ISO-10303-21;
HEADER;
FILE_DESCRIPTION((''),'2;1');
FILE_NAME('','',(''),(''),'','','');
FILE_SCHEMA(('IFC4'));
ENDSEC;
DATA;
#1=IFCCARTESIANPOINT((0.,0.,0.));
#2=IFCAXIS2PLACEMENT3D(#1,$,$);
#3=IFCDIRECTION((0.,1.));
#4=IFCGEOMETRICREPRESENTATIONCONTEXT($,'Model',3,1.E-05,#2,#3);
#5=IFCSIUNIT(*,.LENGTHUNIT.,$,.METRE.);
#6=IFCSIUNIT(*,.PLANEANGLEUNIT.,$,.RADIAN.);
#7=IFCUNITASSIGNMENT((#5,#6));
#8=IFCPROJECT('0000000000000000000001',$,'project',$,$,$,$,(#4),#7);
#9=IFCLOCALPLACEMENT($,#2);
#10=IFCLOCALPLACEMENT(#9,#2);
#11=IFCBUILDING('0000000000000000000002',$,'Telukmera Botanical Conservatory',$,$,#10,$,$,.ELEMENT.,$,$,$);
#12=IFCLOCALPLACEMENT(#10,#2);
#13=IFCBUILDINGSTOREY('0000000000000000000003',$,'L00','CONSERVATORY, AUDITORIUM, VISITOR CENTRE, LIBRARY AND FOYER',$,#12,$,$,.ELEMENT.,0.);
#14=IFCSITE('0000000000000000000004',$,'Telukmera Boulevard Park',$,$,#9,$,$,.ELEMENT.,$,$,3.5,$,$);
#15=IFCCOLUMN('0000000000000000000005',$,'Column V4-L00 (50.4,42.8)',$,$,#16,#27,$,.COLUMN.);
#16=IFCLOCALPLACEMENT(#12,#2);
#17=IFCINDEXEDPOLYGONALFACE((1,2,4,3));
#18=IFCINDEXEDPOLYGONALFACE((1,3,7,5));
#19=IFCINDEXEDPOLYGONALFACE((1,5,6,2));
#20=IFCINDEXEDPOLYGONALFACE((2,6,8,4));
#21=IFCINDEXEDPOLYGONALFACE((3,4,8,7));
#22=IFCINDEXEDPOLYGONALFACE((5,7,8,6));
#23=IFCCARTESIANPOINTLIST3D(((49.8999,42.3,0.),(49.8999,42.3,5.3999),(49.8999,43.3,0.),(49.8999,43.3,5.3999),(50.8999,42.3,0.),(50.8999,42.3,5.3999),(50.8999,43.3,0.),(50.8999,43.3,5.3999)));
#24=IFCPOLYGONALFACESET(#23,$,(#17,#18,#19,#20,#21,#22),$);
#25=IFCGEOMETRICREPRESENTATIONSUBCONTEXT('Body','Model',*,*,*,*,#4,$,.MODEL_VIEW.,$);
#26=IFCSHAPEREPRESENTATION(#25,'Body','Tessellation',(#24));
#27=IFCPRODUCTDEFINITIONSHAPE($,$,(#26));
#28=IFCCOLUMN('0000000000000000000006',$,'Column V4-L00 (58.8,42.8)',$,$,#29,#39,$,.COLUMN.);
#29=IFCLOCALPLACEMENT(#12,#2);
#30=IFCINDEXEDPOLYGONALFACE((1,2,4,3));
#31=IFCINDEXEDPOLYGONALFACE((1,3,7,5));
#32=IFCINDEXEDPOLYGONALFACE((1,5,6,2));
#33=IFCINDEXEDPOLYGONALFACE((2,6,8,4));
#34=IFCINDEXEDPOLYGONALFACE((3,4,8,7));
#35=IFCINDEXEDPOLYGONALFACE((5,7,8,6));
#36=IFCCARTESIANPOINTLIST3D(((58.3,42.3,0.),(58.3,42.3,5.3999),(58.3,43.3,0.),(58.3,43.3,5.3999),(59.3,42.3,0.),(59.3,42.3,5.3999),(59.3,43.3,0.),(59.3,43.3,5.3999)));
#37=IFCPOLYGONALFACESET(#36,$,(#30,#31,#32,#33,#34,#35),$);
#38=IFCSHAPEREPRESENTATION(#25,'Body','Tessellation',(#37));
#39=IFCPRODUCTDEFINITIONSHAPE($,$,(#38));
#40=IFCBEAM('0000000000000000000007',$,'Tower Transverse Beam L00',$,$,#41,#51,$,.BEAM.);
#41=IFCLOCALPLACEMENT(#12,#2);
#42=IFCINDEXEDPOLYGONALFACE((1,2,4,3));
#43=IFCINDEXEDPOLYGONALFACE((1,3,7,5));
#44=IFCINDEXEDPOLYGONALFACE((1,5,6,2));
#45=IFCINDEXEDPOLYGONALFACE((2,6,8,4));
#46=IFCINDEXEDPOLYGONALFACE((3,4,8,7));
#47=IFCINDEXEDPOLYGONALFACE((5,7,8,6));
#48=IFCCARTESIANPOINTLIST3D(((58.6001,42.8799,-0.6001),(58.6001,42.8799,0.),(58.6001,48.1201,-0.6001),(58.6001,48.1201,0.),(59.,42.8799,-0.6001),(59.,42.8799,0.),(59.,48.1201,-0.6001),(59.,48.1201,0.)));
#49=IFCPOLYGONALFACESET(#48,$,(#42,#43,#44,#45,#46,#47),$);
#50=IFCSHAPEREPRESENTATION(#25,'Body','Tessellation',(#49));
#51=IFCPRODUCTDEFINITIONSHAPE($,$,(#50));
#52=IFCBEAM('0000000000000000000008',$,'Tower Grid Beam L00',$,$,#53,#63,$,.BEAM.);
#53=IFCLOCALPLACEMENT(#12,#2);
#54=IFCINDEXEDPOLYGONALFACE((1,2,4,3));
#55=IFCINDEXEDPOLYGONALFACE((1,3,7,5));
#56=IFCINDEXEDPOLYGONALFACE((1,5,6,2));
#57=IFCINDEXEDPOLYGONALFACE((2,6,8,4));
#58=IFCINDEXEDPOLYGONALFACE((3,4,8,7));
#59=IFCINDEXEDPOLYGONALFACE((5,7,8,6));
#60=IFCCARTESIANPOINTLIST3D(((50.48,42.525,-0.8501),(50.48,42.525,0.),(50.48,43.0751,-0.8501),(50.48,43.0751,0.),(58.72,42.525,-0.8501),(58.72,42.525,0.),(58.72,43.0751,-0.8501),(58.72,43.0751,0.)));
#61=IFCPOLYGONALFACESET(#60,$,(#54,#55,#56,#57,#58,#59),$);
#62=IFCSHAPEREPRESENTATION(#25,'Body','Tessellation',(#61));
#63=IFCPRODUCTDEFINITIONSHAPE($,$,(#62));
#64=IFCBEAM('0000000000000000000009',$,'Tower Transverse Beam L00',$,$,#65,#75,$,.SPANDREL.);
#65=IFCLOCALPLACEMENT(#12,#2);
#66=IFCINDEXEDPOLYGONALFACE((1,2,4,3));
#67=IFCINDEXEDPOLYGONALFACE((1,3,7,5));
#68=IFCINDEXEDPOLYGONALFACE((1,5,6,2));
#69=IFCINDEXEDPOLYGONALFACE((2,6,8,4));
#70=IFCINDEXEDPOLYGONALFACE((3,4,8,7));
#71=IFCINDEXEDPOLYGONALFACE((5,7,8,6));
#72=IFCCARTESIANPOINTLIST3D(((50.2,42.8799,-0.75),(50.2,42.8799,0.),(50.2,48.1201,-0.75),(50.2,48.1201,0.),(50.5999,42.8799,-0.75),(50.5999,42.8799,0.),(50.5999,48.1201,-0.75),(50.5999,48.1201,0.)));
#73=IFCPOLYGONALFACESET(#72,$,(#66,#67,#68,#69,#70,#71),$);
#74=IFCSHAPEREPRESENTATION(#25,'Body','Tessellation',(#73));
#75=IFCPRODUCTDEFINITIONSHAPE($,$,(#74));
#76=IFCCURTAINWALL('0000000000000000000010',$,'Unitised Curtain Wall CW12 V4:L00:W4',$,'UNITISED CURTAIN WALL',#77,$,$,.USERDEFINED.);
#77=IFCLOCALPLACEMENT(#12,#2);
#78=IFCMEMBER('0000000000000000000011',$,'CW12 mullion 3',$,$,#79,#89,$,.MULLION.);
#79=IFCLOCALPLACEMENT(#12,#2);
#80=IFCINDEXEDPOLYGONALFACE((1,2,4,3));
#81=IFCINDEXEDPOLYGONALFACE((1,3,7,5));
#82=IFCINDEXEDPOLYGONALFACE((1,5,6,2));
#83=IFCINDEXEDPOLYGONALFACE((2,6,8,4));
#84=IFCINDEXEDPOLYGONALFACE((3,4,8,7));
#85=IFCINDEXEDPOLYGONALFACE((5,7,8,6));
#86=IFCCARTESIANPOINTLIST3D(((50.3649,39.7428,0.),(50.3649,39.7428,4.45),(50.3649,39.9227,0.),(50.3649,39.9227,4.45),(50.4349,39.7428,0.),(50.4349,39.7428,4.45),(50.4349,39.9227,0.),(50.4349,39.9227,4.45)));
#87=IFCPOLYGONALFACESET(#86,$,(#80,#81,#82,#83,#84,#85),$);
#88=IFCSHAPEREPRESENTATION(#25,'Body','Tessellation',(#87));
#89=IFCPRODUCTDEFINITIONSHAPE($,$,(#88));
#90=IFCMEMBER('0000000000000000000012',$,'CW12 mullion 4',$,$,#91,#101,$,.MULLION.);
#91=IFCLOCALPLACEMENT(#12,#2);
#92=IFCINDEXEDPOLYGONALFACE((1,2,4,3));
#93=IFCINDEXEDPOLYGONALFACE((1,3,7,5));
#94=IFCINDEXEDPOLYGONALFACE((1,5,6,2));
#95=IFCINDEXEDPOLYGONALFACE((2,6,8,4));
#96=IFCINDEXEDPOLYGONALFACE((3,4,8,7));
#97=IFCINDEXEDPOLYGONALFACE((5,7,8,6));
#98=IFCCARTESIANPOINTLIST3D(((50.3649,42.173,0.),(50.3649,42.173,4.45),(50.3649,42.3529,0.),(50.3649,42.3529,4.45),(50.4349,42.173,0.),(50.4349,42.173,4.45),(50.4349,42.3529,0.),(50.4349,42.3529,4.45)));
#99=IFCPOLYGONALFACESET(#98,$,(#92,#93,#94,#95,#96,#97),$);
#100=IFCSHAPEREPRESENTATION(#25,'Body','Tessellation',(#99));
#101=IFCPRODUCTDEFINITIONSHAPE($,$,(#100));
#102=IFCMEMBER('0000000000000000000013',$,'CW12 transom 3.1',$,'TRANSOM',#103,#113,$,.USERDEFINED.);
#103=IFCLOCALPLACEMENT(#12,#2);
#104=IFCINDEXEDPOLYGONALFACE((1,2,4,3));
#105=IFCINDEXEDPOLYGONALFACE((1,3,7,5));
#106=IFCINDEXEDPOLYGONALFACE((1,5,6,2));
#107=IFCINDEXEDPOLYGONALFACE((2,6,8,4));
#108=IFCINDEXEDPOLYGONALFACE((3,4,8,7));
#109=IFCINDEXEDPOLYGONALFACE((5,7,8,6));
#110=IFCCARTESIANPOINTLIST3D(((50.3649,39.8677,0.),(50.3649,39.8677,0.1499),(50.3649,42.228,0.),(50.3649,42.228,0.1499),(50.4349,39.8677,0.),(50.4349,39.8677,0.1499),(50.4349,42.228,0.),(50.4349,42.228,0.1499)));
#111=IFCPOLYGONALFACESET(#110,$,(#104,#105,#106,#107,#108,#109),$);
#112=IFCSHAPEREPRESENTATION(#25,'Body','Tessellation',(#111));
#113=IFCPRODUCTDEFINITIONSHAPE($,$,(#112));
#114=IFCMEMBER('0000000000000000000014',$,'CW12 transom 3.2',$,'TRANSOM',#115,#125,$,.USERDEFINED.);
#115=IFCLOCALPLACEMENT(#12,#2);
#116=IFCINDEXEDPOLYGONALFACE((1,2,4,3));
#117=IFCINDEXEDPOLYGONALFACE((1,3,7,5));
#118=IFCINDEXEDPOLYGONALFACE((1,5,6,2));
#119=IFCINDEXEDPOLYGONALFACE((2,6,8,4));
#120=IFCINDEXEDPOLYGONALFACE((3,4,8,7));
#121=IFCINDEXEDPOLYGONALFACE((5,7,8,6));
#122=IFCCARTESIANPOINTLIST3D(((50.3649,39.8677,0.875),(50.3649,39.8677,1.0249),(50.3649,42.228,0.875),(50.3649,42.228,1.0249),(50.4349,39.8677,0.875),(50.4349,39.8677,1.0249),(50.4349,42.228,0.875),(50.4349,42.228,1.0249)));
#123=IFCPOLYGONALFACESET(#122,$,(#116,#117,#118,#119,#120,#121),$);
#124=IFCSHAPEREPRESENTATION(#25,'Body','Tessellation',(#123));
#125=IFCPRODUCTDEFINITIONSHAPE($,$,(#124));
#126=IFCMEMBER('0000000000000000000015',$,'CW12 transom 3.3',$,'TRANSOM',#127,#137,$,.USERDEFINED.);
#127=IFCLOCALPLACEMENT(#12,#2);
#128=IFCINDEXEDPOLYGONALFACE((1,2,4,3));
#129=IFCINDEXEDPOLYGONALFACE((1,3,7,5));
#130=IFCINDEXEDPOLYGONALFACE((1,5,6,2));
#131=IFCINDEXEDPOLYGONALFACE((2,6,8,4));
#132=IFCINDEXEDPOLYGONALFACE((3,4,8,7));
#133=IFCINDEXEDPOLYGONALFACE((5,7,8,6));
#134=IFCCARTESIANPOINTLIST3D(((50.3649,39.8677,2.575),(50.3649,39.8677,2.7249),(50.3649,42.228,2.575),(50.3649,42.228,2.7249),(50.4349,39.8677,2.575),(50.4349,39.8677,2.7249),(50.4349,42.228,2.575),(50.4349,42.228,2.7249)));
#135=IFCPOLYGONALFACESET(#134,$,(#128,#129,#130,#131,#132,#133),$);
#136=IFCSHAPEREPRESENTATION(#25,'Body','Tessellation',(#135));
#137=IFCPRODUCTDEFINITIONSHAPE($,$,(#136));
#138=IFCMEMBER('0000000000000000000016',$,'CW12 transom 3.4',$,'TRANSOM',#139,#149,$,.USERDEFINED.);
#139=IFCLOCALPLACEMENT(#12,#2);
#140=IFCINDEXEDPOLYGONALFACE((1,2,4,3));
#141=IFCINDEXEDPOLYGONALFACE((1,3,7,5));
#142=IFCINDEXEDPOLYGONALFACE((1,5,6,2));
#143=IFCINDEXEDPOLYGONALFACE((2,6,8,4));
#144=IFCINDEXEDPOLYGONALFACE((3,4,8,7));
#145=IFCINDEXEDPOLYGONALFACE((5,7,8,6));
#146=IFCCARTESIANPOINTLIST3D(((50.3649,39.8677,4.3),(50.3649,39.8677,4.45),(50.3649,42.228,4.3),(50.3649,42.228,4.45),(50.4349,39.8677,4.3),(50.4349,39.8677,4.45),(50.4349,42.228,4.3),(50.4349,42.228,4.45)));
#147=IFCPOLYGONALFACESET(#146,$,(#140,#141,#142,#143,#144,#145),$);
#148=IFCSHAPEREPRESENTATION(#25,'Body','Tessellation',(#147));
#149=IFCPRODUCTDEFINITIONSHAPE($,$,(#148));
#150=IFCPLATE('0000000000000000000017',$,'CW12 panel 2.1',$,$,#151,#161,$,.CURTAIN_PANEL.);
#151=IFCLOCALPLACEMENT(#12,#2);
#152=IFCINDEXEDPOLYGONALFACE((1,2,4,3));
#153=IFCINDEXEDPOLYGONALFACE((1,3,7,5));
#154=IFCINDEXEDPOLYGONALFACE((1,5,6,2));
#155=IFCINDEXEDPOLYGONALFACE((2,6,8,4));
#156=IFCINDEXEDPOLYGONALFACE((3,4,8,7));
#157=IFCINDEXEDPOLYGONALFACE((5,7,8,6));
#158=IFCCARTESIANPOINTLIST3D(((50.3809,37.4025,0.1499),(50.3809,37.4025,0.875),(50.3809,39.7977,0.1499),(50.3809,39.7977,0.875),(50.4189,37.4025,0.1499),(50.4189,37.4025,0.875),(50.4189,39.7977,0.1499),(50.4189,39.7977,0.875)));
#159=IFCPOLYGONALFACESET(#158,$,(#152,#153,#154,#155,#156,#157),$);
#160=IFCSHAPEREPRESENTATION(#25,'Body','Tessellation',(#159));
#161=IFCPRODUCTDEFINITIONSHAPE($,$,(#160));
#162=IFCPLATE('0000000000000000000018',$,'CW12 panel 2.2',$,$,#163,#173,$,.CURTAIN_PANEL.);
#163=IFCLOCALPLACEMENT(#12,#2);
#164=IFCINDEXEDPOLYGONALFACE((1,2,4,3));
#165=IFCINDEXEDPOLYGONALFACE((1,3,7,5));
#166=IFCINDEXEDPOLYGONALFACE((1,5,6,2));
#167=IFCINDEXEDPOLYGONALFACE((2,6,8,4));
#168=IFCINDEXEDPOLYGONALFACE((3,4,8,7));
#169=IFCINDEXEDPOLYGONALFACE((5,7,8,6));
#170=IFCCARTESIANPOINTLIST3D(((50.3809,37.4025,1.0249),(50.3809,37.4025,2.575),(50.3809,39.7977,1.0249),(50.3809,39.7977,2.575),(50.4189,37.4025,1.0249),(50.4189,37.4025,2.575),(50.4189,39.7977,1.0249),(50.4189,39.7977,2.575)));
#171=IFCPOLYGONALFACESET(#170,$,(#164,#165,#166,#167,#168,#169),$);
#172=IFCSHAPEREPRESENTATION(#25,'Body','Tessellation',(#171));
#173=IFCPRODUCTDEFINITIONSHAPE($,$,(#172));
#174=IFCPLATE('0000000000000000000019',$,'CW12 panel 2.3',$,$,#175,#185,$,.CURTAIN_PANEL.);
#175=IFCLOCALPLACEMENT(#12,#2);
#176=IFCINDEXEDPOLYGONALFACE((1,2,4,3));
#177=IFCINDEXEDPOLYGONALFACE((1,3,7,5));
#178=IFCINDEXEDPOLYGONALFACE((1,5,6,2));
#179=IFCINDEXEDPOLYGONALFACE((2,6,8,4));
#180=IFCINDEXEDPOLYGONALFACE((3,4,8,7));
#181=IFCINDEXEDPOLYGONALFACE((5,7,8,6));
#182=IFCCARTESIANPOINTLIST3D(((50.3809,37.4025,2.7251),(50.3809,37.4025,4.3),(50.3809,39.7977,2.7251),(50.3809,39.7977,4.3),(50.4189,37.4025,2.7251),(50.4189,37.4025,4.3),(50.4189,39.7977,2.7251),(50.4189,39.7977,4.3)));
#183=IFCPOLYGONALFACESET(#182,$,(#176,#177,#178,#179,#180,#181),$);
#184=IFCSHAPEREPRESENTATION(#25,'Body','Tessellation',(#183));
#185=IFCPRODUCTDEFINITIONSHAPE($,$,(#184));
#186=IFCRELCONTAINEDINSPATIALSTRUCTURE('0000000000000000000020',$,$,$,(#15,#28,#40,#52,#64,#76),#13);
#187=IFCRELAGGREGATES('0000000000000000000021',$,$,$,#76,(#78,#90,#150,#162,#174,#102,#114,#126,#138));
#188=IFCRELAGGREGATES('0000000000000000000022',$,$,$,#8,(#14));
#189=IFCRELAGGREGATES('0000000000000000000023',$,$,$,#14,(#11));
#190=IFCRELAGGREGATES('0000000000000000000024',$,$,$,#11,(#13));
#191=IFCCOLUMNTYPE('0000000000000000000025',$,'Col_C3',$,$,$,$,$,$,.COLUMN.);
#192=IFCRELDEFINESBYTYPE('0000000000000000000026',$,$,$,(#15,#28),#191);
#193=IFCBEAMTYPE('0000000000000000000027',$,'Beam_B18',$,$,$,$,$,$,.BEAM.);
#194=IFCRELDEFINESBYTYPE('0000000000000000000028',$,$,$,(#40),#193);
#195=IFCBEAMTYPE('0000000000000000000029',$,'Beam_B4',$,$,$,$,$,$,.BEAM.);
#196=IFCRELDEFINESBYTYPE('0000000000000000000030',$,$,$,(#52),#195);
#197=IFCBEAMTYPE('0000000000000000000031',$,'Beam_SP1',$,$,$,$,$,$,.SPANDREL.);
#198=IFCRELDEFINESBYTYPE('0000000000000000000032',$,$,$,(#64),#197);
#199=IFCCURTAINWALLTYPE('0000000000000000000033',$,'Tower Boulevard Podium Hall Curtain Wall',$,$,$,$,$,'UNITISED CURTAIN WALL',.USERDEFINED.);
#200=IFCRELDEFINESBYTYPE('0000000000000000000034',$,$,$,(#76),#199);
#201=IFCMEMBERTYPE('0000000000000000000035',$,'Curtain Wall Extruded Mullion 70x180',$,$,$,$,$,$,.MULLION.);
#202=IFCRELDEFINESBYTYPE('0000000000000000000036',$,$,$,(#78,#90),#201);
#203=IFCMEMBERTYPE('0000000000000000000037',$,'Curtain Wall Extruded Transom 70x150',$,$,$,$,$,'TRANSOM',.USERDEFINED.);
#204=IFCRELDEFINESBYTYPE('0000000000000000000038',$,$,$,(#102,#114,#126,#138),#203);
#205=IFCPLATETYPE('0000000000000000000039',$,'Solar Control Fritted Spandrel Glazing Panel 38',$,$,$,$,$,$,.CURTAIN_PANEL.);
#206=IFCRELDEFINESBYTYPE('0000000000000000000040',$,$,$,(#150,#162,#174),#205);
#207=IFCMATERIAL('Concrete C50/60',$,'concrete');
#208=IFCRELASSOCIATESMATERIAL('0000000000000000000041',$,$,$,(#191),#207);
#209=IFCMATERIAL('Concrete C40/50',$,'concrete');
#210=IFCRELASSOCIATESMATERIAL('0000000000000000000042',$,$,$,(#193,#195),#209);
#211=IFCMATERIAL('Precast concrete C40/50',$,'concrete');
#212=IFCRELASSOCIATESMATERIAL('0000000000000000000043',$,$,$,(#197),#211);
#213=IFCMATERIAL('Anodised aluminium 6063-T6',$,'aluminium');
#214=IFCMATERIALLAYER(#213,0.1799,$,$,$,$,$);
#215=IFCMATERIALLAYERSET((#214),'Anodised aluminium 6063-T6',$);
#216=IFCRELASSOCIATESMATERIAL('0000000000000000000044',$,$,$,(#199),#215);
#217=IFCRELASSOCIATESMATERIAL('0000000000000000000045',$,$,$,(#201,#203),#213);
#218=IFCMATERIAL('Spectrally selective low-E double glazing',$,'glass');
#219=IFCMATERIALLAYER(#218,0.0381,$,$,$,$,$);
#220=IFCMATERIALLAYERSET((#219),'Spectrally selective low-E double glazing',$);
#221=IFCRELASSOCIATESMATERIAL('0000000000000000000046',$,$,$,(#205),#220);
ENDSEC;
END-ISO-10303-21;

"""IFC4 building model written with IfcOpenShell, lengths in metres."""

from ifc_helpers import new_model, si_unit, direction, frame, origin, origin_2d, place, context, subcontext, project, spatial, rectangle, extrude, material, layer, layer_set, material_profile, profile_set, type_object, element, aggregate, save


model = new_model("IFC4")

# Units and contexts
model_context = context("Model", 3, precision=1e-05, world=origin(), true_north=direction((0.0, 1.0)))
body_context = subcontext(model_context, "Body", "Model", "MODEL_VIEW")
ifc_project = project(units=[si_unit("LENGTHUNIT", "METRE"), si_unit("PLANEANGLEUNIT", "RADIAN")], contexts=[model_context])

# Site, building, storey
site_placement = place(None, origin())
site = spatial("IfcSite", under=ifc_project, at=site_placement, Name="Telukmera Boulevard Park", CompositionType="ELEMENT", RefElevation=3.5)
building_placement = place(site_placement, origin())
building = spatial("IfcBuilding", under=site, at=building_placement, Name="Telukmera Botanical Conservatory", CompositionType="ELEMENT")
storey_placement = place(building_placement, origin())
storey = spatial("IfcBuildingStorey", under=building, at=storey_placement, Name="L00", Description="CONSERVATORY, AUDITORIUM, VISITOR CENTRE, LIBRARY AND FOYER", CompositionType="ELEMENT", Elevation=0.0)

# Columns
ifc_material_1 = material(Name="Concrete C50/60", Category="concrete")
ifc_material_profile_1 = material_profile(ifc_material_1, rectangle(XDim=1.0, YDim=1.0, at=origin_2d()), Name="RC 1000x1000")
ifc_profile_set_1 = profile_set([ifc_material_profile_1], Name="Concrete C50/60")
column_type = type_object("IfcColumnType", Name="Col_C3", PredefinedType="COLUMN", material=ifc_profile_set_1)
for number, where, z_axis, x_axis, name in (
    (1, (50.3999, 42.8, 0.0), (0.0, 0.0, 1.0), (1.0, 0.0, 0.0), "Column V4-L00 (50.4,42.8)"),
    (2, (58.8, 42.8, 0.0), (0.0, 0.0, 1.0), (1.0, 0.0, 0.0), "Column V4-L00 (58.8,42.8)"),
):
    element("IfcColumn", number, at=place(storey_placement, frame(where, z_axis=z_axis, x_axis=x_axis)), inside=storey, type_object=column_type, Name=name, PredefinedType="COLUMN", context=body_context, shape_type="SweptSolid", body=[
        extrude(rectangle(XDim=1.0, YDim=1.0, at=origin_2d()), origin(), (0.0, 0.0, 1.0), 5.3999),
    ])

# Beams
ifc_material_2 = material(Name="Concrete C40/50", Category="concrete")
ifc_material_profile_2 = material_profile(ifc_material_2, rectangle(XDim=0.3999, YDim=0.6001, at=origin_2d()), Name="RC 400x600")
ifc_profile_set_2 = profile_set([ifc_material_profile_2], Name="Concrete C40/50")
beam_type_1 = type_object("IfcBeamType", Name="Beam_B18", PredefinedType="BEAM", material=ifc_profile_set_2)
beam_1_placement = place(storey_placement, frame((58.8, 42.8799, -0.3), z_axis=(0.0, 1.0, 0.0), x_axis=(-1.0, 0.0, 0.0)))
element("IfcBeam", 3, at=beam_1_placement, inside=storey, type_object=beam_type_1, Name="Tower Transverse Beam L00", PredefinedType="BEAM", context=body_context, shape_type="SweptSolid", body=[
    extrude(rectangle(XDim=0.3999, YDim=0.6001, at=origin_2d()), origin(), (0.0, 0.0, 1.0), 5.2402),
])
ifc_material_profile_3 = material_profile(ifc_material_2, rectangle(XDim=0.55, YDim=0.8501, at=origin_2d()), Name="RC 550x850")
ifc_profile_set_3 = profile_set([ifc_material_profile_3], Name="Concrete C40/50")
beam_type_2 = type_object("IfcBeamType", Name="Beam_B4", PredefinedType="BEAM", material=ifc_profile_set_3)
beam_2_placement = place(storey_placement, frame((50.48, 42.8, -0.425), z_axis=(1.0, 0.0, 0.0), x_axis=(0.0, 1.0, 0.0)))
element("IfcBeam", 4, at=beam_2_placement, inside=storey, type_object=beam_type_2, Name="Tower Grid Beam L00", PredefinedType="BEAM", context=body_context, shape_type="SweptSolid", body=[
    extrude(rectangle(XDim=0.55, YDim=0.8501, at=origin_2d()), origin(), (0.0, 0.0, 1.0), 8.24),
])
ifc_material_3 = material(Name="Precast concrete C40/50", Category="concrete")
ifc_material_profile_4 = material_profile(ifc_material_3, rectangle(XDim=0.3999, YDim=0.75, at=origin_2d()), Name="PC 400x750")
ifc_profile_set_4 = profile_set([ifc_material_profile_4], Name="Precast concrete C40/50")
beam_type_3 = type_object("IfcBeamType", Name="Beam_SP1", PredefinedType="SPANDREL", material=ifc_profile_set_4)
beam_3_placement = place(storey_placement, frame((50.3999, 42.8799, -0.375), z_axis=(0.0, 1.0, 0.0), x_axis=(-1.0, 0.0, 0.0)))
element("IfcBeam", 5, at=beam_3_placement, inside=storey, type_object=beam_type_3, Name="Tower Transverse Beam L00", PredefinedType="SPANDREL", context=body_context, shape_type="SweptSolid", body=[
    extrude(rectangle(XDim=0.3999, YDim=0.75, at=origin_2d()), origin(), (0.0, 0.0, 1.0), 5.2402),
])

# Curtain wall, members, plates
ifc_material_4 = material(Name="Anodised aluminium 6063-T6", Category="aluminium")
ifc_layer_1 = layer(ifc_material_4, 0.1799)
ifc_layer_set_1 = layer_set([ifc_layer_1], Name="Anodised aluminium 6063-T6")
curtain_wall_type = type_object("IfcCurtainWallType", Name="Tower Boulevard Podium Hall Curtain Wall", ElementType="UNITISED CURTAIN WALL", PredefinedType="USERDEFINED", material=ifc_layer_set_1)
curtain_wall_placement = place(storey_placement, origin())
curtain_wall = element("IfcCurtainWall", 6, at=curtain_wall_placement, inside=storey, type_object=curtain_wall_type, Name="Unitised Curtain Wall CW12 V4:L00:W4", ObjectType="UNITISED CURTAIN WALL", PredefinedType="USERDEFINED")
ifc_material_profile_5 = material_profile(ifc_material_4, rectangle(XDim=0.0701, YDim=0.1799, at=origin_2d()), Name="ALU MULL 70x180")
ifc_profile_set_5 = profile_set([ifc_material_profile_5], Name="Anodised aluminium 6063-T6")
member_type_1 = type_object("IfcMemberType", Name="Curtain Wall Extruded Mullion 70x180", PredefinedType="MULLION", material=ifc_profile_set_5)
member_1_placement = place(storey_placement, frame((50.3999, 39.8328, 0.0), z_axis=(0.0, 0.0, 1.0), x_axis=(-1.0, 0.0, 0.0)))
member_1 = element("IfcMember", 7, at=member_1_placement, type_object=member_type_1, Name="CW12 mullion 3", PredefinedType="MULLION", context=body_context, shape_type="SweptSolid", body=[
    extrude(rectangle(XDim=0.0701, YDim=0.1799, at=origin_2d()), origin(), (0.0, 0.0, 1.0), 4.45),
])
member_2_placement = place(storey_placement, frame((50.3999, 42.2629, 0.0), z_axis=(0.0, 0.0, 1.0), x_axis=(-1.0, 0.0, 0.0)))
member_2 = element("IfcMember", 8, at=member_2_placement, type_object=member_type_1, Name="CW12 mullion 4", PredefinedType="MULLION", context=body_context, shape_type="SweptSolid", body=[
    extrude(rectangle(XDim=0.0701, YDim=0.1799, at=origin_2d()), origin(), (0.0, 0.0, 1.0), 4.45),
])
ifc_material_profile_6 = material_profile(ifc_material_4, rectangle(XDim=0.0701, YDim=0.1499, at=origin_2d()), Name="ALU TRAN 70x150")
ifc_profile_set_6 = profile_set([ifc_material_profile_6], Name="Anodised aluminium 6063-T6")
member_type_2 = type_object("IfcMemberType", Name="Curtain Wall Extruded Transom 70x150", ElementType="TRANSOM", PredefinedType="USERDEFINED", material=ifc_profile_set_6)
member_3_placement = place(storey_placement, frame((50.3999, 39.8677, 0.075), z_axis=(0.0, 1.0, 0.0), x_axis=(-1.0, 0.0, 0.0)))
member_3 = element("IfcMember", 9, at=member_3_placement, type_object=member_type_2, Name="CW12 transom 3.1", ObjectType="TRANSOM", PredefinedType="USERDEFINED", context=body_context, shape_type="SweptSolid", body=[
    extrude(rectangle(XDim=0.0701, YDim=0.1499, at=origin_2d()), origin(), (0.0, 0.0, 1.0), 2.3604),
])
member_4_placement = place(storey_placement, frame((50.3999, 39.8677, 0.95), z_axis=(0.0, 1.0, 0.0), x_axis=(-1.0, 0.0, 0.0)))
member_4 = element("IfcMember", 10, at=member_4_placement, type_object=member_type_2, Name="CW12 transom 3.2", ObjectType="TRANSOM", PredefinedType="USERDEFINED", context=body_context, shape_type="SweptSolid", body=[
    extrude(rectangle(XDim=0.0701, YDim=0.1499, at=origin_2d()), origin(), (0.0, 0.0, 1.0), 2.3604),
])
member_5_placement = place(storey_placement, frame((50.3999, 39.8677, 2.6499), z_axis=(0.0, 1.0, 0.0), x_axis=(-1.0, 0.0, 0.0)))
member_5 = element("IfcMember", 11, at=member_5_placement, type_object=member_type_2, Name="CW12 transom 3.3", ObjectType="TRANSOM", PredefinedType="USERDEFINED", context=body_context, shape_type="SweptSolid", body=[
    extrude(rectangle(XDim=0.0701, YDim=0.1499, at=origin_2d()), origin(), (0.0, 0.0, 1.0), 2.3604),
])
member_6_placement = place(storey_placement, frame((50.3999, 39.8677, 4.375), z_axis=(0.0, 1.0, 0.0), x_axis=(-1.0, 0.0, 0.0)))
member_6 = element("IfcMember", 12, at=member_6_placement, type_object=member_type_2, Name="CW12 transom 3.4", ObjectType="TRANSOM", PredefinedType="USERDEFINED", context=body_context, shape_type="SweptSolid", body=[
    extrude(rectangle(XDim=0.0701, YDim=0.1499, at=origin_2d()), origin(), (0.0, 0.0, 1.0), 2.3604),
])
ifc_material_5 = material(Name="Spectrally selective low-E double glazing", Category="glass")
ifc_layer_2 = layer(ifc_material_5, 0.0381)
ifc_layer_set_2 = layer_set([ifc_layer_2], Name="Spectrally selective low-E double glazing")
plate_type = type_object("IfcPlateType", Name="Solar Control Fritted Spandrel Glazing Panel 38", PredefinedType="CURTAIN_PANEL", material=ifc_layer_set_2)
plate_1_placement = place(storey_placement, frame((50.3999, 38.6001, 0.1499), z_axis=(0.0, 0.0, 1.0), x_axis=(0.0, 1.0, 0.0)))
plate_1 = element("IfcPlate", 13, at=plate_1_placement, type_object=plate_type, Name="CW12 panel 2.1", PredefinedType="CURTAIN_PANEL", context=body_context, shape_type="SweptSolid", body=[
    extrude(rectangle(XDim=2.3953, YDim=0.0381, at=origin_2d()), origin(), (0.0, 0.0, 1.0), 0.7251),
])
plate_2_placement = place(storey_placement, frame((50.3999, 38.6001, 1.0249), z_axis=(0.0, 0.0, 1.0), x_axis=(0.0, 1.0, 0.0)))
plate_2 = element("IfcPlate", 14, at=plate_2_placement, type_object=plate_type, Name="CW12 panel 2.2", PredefinedType="CURTAIN_PANEL", context=body_context, shape_type="SweptSolid", body=[
    extrude(rectangle(XDim=2.3953, YDim=0.0381, at=origin_2d()), origin(), (0.0, 0.0, 1.0), 1.55),
])
plate_3_placement = place(storey_placement, frame((50.3999, 38.6001, 2.7251), z_axis=(0.0, 0.0, 1.0), x_axis=(0.0, 1.0, 0.0)))
plate_3 = element("IfcPlate", 15, at=plate_3_placement, type_object=plate_type, Name="CW12 panel 2.3", PredefinedType="CURTAIN_PANEL", context=body_context, shape_type="SweptSolid", body=[
    extrude(rectangle(XDim=2.3953, YDim=0.0381, at=origin_2d()), origin(), (0.0, 0.0, 1.0), 1.575),
])
aggregate(curtain_wall, [member_1, member_2, plate_1, plate_2, plate_3, member_3, member_4, member_5, member_6])

save(model, "model.ifc")
